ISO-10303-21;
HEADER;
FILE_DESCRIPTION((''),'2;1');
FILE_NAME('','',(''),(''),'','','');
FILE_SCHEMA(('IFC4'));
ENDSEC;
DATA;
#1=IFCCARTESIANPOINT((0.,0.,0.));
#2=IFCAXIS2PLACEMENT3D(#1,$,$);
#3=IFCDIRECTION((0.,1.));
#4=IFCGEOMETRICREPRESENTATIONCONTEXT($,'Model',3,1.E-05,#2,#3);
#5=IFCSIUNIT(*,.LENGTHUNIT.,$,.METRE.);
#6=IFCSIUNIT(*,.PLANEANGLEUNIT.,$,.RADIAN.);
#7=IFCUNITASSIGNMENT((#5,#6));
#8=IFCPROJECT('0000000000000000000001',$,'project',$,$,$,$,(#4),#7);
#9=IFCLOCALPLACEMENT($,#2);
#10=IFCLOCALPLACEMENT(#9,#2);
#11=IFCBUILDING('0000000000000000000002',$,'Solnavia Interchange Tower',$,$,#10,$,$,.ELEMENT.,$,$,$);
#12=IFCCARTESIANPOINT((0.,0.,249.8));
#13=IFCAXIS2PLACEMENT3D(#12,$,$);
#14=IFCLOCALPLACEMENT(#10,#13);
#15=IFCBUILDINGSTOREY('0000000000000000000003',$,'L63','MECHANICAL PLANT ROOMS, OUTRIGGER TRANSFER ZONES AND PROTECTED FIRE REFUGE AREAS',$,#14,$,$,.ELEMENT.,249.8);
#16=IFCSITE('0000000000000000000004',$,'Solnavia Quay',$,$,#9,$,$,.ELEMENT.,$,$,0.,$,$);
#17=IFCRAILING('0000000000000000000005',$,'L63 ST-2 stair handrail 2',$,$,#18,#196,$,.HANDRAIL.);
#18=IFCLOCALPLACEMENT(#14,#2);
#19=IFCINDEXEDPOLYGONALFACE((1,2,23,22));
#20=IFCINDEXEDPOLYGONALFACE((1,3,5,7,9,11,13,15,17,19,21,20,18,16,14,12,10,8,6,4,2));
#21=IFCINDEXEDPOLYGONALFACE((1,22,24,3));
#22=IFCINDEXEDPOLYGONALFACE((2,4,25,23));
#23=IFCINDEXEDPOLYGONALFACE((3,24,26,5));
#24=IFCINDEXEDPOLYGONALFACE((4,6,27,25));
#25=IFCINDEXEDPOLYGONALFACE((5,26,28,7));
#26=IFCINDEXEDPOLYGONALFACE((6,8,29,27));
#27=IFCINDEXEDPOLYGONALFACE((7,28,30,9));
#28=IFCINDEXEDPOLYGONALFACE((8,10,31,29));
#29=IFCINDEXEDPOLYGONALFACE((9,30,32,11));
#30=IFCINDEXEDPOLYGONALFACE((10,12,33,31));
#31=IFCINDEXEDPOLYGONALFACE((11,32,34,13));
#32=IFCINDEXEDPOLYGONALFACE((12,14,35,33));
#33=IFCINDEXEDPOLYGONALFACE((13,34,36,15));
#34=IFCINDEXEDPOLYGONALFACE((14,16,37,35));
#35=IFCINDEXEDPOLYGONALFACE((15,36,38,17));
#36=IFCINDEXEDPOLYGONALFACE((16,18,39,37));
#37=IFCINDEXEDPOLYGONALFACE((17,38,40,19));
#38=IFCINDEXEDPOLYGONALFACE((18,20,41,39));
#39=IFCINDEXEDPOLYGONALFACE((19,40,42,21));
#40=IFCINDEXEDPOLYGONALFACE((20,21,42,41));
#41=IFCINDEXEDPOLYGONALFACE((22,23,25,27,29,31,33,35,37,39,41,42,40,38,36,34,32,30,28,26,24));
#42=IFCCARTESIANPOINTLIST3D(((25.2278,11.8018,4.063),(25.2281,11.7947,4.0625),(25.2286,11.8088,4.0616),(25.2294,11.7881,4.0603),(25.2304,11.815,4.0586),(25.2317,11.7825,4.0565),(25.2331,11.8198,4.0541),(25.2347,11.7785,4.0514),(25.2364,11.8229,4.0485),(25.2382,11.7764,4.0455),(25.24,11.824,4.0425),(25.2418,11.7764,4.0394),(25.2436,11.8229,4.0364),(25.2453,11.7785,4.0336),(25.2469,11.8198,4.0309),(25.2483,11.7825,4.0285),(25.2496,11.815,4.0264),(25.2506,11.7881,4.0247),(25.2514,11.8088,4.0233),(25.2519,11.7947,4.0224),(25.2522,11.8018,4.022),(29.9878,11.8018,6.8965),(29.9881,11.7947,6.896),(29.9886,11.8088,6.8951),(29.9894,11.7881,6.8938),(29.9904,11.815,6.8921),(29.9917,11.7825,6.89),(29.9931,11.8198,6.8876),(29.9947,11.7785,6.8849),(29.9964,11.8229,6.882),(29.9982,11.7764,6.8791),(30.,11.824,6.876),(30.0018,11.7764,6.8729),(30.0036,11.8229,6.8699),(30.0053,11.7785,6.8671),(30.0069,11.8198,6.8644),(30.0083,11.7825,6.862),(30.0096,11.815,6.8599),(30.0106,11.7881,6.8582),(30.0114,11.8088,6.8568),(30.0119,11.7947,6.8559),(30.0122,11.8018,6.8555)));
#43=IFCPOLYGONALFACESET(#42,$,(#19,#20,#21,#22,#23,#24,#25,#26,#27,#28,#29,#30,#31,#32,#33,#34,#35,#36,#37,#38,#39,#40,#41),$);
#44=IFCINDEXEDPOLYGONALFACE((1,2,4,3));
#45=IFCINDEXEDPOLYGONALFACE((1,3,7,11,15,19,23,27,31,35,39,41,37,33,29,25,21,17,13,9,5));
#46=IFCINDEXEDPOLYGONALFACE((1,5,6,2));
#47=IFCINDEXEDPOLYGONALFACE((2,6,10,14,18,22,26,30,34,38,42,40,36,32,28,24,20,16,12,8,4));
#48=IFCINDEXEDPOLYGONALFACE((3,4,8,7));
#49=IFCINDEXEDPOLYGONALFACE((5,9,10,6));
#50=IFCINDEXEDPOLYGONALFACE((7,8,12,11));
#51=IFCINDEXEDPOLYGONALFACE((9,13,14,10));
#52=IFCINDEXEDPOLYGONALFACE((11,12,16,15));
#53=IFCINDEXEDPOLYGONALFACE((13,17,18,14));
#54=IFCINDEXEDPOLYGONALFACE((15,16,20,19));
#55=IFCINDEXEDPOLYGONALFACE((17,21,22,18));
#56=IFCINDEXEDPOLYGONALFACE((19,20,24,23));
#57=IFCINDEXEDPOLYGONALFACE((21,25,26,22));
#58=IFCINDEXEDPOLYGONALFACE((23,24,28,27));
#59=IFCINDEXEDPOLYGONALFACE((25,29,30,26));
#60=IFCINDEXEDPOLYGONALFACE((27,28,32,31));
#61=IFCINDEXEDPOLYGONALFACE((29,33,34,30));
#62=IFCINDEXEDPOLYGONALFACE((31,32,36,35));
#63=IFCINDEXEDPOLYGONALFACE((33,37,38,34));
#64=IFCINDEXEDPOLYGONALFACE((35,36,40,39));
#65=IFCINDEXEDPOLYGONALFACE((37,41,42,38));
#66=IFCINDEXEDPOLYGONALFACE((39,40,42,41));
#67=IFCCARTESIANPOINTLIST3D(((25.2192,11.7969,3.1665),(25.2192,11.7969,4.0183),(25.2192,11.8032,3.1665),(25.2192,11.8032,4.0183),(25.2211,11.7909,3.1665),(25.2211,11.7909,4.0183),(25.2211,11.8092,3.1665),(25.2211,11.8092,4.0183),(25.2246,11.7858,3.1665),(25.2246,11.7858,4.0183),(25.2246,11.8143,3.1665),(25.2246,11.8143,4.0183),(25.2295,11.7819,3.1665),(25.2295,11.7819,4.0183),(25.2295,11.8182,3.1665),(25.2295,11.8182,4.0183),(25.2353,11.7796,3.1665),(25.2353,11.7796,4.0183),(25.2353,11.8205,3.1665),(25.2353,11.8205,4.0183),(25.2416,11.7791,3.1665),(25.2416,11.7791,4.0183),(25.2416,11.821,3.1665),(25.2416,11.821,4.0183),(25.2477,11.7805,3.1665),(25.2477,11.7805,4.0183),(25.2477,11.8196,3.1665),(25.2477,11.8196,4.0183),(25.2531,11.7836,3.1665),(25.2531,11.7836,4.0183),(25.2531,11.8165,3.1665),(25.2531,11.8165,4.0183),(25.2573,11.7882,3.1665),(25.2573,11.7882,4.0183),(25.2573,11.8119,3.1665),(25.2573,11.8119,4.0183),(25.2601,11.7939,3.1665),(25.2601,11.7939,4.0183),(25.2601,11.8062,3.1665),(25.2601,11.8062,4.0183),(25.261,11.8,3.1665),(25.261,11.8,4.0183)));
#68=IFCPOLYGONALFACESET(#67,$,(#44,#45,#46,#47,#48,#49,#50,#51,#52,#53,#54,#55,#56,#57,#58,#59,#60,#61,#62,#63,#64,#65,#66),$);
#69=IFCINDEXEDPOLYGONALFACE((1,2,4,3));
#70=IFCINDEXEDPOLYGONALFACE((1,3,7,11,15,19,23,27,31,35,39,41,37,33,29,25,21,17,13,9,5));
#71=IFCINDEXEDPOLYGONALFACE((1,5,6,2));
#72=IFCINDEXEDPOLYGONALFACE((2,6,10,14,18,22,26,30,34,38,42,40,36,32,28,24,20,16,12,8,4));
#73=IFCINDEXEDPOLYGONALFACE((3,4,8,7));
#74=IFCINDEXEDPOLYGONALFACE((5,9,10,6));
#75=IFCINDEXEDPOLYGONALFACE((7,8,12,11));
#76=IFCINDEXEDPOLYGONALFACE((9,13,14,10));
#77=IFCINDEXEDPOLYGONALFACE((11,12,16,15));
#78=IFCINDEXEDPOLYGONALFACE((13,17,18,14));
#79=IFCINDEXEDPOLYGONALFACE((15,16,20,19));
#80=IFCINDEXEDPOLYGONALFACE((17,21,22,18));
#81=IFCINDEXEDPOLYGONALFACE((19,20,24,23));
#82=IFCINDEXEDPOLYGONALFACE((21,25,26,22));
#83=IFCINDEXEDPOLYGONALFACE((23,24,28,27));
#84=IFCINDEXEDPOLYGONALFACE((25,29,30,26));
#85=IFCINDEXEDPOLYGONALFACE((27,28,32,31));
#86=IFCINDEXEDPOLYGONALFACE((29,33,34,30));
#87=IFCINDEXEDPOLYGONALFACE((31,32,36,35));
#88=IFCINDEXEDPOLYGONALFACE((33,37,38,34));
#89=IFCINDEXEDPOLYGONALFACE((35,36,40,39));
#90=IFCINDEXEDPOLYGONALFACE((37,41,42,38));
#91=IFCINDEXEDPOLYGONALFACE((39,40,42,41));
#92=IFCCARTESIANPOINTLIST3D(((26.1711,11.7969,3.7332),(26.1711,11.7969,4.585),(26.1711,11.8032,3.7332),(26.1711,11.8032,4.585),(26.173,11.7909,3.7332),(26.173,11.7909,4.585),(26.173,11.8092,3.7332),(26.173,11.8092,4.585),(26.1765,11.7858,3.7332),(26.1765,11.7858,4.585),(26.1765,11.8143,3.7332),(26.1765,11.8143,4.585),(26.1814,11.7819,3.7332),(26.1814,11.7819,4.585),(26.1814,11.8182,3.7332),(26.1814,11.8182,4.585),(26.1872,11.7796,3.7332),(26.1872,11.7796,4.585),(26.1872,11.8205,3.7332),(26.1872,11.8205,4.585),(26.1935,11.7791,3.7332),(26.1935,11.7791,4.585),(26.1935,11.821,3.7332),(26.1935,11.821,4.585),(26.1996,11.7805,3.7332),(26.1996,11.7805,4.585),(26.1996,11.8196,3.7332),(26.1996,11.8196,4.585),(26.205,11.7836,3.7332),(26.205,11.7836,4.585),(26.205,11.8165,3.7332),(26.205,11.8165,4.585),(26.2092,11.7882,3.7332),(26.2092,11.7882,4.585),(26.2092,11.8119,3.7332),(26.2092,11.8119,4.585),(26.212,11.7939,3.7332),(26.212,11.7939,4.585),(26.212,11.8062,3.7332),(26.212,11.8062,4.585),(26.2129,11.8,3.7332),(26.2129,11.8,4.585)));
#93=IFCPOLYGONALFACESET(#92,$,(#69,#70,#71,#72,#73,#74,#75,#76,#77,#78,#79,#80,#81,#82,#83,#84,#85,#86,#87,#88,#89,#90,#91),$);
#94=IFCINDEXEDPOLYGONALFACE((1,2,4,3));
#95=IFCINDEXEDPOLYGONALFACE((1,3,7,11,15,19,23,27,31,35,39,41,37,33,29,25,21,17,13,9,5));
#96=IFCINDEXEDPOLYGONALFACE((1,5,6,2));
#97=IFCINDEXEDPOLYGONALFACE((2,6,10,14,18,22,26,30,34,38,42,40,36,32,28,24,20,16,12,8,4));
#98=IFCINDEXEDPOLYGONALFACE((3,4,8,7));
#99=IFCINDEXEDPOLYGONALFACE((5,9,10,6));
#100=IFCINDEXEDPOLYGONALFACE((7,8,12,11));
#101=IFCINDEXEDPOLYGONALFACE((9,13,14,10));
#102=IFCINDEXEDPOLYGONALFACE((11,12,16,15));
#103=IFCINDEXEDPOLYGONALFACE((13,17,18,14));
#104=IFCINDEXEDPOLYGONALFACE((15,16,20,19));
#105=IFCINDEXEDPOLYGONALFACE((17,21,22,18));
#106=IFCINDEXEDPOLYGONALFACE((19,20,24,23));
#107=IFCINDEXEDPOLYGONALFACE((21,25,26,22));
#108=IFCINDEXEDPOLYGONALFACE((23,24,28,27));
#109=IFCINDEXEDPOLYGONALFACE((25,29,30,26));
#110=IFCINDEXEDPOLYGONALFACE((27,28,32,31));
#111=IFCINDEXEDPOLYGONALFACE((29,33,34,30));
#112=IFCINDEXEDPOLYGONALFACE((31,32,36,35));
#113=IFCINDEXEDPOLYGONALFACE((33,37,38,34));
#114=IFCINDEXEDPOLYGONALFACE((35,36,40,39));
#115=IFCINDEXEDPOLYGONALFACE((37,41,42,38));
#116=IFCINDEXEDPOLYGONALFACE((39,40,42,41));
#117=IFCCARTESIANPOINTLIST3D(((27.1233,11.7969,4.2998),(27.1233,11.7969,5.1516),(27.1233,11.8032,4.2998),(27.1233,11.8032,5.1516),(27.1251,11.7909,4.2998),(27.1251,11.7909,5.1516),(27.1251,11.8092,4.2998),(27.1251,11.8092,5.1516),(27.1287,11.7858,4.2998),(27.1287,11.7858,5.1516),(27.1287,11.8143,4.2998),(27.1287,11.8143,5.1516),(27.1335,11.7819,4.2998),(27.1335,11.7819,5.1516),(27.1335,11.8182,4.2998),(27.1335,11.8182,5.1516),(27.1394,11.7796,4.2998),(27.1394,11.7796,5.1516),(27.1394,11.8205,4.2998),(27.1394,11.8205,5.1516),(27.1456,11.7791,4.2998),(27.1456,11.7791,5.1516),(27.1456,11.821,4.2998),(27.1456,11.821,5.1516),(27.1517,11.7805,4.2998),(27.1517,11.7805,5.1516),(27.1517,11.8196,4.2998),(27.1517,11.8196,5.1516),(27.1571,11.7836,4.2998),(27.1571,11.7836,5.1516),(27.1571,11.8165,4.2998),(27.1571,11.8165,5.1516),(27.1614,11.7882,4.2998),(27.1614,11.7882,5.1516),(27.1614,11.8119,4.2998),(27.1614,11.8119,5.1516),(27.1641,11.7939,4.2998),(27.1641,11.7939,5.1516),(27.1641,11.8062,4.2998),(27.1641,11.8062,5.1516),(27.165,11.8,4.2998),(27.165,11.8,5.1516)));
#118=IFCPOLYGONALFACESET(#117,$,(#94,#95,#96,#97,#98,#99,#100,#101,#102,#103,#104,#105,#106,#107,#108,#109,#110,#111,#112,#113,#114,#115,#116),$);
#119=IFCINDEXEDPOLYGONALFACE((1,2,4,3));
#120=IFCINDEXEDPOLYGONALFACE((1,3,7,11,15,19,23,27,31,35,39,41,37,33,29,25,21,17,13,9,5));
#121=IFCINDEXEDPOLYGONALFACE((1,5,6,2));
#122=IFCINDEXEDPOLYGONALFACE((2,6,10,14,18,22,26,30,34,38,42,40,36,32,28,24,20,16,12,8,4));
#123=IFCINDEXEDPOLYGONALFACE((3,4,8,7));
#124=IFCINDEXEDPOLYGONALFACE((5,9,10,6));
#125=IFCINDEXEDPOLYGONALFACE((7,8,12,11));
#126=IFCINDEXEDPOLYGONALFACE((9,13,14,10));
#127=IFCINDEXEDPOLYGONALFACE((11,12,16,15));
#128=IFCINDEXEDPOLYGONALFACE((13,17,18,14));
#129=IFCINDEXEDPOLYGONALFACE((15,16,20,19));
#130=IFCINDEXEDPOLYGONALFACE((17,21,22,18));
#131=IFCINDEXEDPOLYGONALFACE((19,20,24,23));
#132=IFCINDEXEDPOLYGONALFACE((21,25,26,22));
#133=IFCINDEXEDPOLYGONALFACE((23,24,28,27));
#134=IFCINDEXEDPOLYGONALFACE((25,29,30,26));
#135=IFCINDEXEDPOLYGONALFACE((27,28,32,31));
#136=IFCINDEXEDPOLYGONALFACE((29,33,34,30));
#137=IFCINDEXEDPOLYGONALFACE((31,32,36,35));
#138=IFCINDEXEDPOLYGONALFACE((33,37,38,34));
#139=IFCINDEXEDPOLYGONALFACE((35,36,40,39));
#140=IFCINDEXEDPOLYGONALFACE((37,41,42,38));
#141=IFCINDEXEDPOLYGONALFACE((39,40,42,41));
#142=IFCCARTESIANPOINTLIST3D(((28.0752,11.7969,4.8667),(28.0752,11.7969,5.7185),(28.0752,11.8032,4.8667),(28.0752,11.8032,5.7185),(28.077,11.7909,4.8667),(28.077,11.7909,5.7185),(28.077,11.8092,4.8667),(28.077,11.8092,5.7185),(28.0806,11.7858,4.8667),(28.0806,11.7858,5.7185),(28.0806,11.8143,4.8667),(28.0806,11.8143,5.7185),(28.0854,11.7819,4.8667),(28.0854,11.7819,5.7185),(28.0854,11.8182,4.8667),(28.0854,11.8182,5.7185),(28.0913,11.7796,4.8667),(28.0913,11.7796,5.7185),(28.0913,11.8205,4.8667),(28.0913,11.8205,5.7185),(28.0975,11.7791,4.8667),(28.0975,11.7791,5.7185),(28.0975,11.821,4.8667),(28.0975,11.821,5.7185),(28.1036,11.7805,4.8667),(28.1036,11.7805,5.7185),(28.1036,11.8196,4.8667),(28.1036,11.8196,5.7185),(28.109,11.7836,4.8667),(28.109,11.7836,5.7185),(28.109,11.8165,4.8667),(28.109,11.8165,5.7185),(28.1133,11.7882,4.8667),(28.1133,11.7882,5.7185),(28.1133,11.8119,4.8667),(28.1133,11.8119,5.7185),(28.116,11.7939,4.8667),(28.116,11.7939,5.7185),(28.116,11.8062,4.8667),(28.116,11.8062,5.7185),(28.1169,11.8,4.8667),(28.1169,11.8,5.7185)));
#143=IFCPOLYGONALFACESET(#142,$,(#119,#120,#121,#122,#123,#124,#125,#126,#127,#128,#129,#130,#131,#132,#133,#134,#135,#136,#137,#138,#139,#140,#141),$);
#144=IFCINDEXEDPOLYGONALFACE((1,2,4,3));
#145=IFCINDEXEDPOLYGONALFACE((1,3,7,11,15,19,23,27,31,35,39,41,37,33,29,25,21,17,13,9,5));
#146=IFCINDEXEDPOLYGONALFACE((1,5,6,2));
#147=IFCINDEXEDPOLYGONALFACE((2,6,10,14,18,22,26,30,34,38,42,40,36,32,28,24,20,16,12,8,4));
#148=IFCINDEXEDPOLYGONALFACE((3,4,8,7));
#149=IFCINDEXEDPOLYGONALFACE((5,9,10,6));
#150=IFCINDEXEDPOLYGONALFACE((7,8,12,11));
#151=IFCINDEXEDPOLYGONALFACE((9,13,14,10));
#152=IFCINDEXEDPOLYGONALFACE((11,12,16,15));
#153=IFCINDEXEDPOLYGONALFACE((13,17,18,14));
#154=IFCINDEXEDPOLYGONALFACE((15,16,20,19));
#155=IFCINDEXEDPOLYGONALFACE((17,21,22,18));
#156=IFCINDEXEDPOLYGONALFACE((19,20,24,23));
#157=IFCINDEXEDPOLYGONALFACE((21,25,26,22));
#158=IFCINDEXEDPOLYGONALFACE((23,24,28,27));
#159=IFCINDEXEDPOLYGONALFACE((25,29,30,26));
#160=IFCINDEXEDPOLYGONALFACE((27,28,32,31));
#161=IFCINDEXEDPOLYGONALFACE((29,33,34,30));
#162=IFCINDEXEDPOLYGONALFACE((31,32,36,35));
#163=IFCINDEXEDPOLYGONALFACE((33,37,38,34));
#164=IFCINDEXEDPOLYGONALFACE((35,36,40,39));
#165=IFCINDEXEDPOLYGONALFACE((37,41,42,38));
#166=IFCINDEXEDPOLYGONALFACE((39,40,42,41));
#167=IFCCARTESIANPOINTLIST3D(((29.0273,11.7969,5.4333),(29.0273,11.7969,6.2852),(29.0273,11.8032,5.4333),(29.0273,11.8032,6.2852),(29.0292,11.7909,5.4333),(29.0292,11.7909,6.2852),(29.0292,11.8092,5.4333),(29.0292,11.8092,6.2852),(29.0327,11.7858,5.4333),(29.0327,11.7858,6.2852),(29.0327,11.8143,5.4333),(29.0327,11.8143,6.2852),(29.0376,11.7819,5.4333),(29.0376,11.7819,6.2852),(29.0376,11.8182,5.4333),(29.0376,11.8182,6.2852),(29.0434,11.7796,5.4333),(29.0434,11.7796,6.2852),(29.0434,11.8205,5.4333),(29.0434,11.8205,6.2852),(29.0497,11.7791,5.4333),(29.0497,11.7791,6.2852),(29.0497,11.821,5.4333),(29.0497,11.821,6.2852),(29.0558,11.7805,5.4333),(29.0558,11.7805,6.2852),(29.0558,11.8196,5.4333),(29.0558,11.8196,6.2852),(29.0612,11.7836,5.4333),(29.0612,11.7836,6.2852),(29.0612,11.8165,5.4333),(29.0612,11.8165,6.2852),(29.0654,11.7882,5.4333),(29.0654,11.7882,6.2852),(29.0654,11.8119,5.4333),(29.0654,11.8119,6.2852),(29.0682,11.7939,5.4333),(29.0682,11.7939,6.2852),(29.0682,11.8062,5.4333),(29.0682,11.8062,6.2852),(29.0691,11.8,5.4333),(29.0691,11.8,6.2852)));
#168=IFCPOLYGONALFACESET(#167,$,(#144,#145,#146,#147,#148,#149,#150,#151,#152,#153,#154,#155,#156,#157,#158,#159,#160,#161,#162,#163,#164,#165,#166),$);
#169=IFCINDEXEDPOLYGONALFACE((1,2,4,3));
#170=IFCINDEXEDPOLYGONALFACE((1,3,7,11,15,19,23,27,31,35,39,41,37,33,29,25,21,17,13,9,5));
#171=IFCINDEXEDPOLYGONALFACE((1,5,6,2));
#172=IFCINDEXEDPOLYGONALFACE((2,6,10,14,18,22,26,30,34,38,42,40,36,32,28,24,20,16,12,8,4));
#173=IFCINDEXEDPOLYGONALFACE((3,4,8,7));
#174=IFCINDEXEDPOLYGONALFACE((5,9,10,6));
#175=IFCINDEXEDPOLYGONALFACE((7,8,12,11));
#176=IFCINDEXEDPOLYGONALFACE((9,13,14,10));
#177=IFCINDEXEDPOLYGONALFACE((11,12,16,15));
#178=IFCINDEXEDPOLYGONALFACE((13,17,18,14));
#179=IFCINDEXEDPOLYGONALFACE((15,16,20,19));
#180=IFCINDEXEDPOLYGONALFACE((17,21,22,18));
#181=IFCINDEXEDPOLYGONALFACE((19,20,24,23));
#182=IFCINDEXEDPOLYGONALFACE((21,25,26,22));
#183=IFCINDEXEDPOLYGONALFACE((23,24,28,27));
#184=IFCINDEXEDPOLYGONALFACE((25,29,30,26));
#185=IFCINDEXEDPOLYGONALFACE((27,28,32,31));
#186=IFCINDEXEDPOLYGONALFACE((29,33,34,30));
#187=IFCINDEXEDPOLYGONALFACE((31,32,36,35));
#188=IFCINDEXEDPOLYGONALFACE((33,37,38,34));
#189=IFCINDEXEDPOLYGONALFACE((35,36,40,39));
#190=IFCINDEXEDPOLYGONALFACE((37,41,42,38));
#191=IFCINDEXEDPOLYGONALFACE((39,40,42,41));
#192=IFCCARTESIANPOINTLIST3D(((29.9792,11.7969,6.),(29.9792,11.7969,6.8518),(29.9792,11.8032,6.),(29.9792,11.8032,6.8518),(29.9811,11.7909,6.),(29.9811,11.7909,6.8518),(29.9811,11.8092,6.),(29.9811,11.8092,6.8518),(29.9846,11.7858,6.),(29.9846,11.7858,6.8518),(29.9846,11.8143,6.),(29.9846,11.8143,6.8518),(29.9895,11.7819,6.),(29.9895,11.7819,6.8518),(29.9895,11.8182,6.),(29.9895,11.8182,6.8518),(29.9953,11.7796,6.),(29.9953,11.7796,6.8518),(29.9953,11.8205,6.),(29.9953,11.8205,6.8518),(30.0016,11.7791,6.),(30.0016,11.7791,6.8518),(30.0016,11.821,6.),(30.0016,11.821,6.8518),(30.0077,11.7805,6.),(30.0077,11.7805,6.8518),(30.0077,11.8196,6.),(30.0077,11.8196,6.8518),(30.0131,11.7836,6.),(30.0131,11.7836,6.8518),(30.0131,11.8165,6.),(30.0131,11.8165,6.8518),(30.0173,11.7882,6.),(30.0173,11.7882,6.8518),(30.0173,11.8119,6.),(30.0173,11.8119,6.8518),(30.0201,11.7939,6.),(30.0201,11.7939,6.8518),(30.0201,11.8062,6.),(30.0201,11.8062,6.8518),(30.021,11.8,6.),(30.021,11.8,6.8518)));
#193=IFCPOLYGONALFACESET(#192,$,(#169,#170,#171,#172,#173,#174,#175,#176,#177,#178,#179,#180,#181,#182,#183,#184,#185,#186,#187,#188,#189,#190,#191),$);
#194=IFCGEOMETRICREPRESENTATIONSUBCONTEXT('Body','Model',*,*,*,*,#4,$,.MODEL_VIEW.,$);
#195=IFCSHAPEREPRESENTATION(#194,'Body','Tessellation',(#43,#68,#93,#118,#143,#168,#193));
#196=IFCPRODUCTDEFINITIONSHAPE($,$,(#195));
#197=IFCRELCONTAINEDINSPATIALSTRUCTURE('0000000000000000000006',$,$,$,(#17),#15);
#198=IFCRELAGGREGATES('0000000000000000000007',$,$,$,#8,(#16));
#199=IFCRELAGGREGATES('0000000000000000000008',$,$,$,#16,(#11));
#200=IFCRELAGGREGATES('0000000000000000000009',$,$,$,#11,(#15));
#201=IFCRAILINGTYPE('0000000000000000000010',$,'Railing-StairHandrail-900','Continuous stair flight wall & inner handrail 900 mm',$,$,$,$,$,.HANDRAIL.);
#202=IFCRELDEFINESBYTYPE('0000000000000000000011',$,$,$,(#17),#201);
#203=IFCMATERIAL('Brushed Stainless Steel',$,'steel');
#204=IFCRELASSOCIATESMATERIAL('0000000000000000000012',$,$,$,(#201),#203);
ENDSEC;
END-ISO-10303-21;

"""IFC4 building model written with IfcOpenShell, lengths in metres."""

from ifc_helpers import new_model, si_unit, direction, frame, origin, origin_2d, place, context, subcontext, project, spatial, circle, extrude, material, type_object, element, save


model = new_model("IFC4")

# Units and contexts
model_context = context("Model", 3, precision=1e-05, world=origin(), true_north=direction((0.0, 1.0)))
body_context = subcontext(model_context, "Body", "Model", "MODEL_VIEW")
ifc_project = project(units=[si_unit("LENGTHUNIT", "METRE"), si_unit("PLANEANGLEUNIT", "RADIAN")], contexts=[model_context])

# Site, building, storey
site_placement = place(None, origin())
site = spatial("IfcSite", under=ifc_project, at=site_placement, Name="Solnavia Quay", CompositionType="ELEMENT", RefElevation=0.0)
building_placement = place(site_placement, origin())
building = spatial("IfcBuilding", under=site, at=building_placement, Name="Solnavia Interchange Tower", CompositionType="ELEMENT")
storey_placement = place(building_placement, frame((0.0, 0.0, 249.8)))
storey = spatial("IfcBuildingStorey", under=building, at=storey_placement, Name="L63", Description="MECHANICAL PLANT ROOMS, OUTRIGGER TRANSFER ZONES AND PROTECTED FIRE REFUGE AREAS", CompositionType="ELEMENT", Elevation=249.8)

# Railing
ifc_material_1 = material(Name="Brushed Stainless Steel", Category="steel")
railing_type_1 = type_object("IfcRailingType", Name="Railing-StairHandrail-900", Description="Continuous stair flight wall & inner handrail 900 mm", PredefinedType="HANDRAIL", material=ifc_material_1)
railing_1_placement = place(storey_placement, frame((25.24, 11.8, 3.1665)))
element("IfcRailing", 1, at=railing_1_placement, inside=storey, type_object=railing_type_1, Name="L63 ST-2 stair handrail 2", PredefinedType="HANDRAIL", context=body_context, shape_type="SweptSolid", body=[
    extrude(circle(Radius=0.0239, at=origin_2d()), frame((0.0, 0.0, 0.876), z_axis=(0.85928, 0.0, 0.511505), x_axis=(0.0, 1.0, 0.0)), (0.0, 0.0, 1.0), 5.5396),
    extrude(circle(Radius=0.021, at=origin_2d()), origin(), (0.0, 0.0, 1.0), 0.8518),
    extrude(circle(Radius=0.021, at=origin_2d()), frame((0.9519, 0.0, 0.5667)), (0.0, 0.0, 1.0), 0.8518),
    extrude(circle(Radius=0.021, at=origin_2d()), frame((1.9041, 0.0, 1.1333)), (0.0, 0.0, 1.0), 0.8518),
    extrude(circle(Radius=0.021, at=origin_2d()), frame((2.856, 0.0, 1.7002)), (0.0, 0.0, 1.0), 0.8518),
    extrude(circle(Radius=0.021, at=origin_2d()), frame((3.8081, 0.0, 2.2668)), (0.0, 0.0, 1.0), 0.8518),
    extrude(circle(Radius=0.021, at=origin_2d()), frame((4.76, 0.0, 2.8335)), (0.0, 0.0, 1.0), 0.8518),
])

save(model, "model.ifc")
